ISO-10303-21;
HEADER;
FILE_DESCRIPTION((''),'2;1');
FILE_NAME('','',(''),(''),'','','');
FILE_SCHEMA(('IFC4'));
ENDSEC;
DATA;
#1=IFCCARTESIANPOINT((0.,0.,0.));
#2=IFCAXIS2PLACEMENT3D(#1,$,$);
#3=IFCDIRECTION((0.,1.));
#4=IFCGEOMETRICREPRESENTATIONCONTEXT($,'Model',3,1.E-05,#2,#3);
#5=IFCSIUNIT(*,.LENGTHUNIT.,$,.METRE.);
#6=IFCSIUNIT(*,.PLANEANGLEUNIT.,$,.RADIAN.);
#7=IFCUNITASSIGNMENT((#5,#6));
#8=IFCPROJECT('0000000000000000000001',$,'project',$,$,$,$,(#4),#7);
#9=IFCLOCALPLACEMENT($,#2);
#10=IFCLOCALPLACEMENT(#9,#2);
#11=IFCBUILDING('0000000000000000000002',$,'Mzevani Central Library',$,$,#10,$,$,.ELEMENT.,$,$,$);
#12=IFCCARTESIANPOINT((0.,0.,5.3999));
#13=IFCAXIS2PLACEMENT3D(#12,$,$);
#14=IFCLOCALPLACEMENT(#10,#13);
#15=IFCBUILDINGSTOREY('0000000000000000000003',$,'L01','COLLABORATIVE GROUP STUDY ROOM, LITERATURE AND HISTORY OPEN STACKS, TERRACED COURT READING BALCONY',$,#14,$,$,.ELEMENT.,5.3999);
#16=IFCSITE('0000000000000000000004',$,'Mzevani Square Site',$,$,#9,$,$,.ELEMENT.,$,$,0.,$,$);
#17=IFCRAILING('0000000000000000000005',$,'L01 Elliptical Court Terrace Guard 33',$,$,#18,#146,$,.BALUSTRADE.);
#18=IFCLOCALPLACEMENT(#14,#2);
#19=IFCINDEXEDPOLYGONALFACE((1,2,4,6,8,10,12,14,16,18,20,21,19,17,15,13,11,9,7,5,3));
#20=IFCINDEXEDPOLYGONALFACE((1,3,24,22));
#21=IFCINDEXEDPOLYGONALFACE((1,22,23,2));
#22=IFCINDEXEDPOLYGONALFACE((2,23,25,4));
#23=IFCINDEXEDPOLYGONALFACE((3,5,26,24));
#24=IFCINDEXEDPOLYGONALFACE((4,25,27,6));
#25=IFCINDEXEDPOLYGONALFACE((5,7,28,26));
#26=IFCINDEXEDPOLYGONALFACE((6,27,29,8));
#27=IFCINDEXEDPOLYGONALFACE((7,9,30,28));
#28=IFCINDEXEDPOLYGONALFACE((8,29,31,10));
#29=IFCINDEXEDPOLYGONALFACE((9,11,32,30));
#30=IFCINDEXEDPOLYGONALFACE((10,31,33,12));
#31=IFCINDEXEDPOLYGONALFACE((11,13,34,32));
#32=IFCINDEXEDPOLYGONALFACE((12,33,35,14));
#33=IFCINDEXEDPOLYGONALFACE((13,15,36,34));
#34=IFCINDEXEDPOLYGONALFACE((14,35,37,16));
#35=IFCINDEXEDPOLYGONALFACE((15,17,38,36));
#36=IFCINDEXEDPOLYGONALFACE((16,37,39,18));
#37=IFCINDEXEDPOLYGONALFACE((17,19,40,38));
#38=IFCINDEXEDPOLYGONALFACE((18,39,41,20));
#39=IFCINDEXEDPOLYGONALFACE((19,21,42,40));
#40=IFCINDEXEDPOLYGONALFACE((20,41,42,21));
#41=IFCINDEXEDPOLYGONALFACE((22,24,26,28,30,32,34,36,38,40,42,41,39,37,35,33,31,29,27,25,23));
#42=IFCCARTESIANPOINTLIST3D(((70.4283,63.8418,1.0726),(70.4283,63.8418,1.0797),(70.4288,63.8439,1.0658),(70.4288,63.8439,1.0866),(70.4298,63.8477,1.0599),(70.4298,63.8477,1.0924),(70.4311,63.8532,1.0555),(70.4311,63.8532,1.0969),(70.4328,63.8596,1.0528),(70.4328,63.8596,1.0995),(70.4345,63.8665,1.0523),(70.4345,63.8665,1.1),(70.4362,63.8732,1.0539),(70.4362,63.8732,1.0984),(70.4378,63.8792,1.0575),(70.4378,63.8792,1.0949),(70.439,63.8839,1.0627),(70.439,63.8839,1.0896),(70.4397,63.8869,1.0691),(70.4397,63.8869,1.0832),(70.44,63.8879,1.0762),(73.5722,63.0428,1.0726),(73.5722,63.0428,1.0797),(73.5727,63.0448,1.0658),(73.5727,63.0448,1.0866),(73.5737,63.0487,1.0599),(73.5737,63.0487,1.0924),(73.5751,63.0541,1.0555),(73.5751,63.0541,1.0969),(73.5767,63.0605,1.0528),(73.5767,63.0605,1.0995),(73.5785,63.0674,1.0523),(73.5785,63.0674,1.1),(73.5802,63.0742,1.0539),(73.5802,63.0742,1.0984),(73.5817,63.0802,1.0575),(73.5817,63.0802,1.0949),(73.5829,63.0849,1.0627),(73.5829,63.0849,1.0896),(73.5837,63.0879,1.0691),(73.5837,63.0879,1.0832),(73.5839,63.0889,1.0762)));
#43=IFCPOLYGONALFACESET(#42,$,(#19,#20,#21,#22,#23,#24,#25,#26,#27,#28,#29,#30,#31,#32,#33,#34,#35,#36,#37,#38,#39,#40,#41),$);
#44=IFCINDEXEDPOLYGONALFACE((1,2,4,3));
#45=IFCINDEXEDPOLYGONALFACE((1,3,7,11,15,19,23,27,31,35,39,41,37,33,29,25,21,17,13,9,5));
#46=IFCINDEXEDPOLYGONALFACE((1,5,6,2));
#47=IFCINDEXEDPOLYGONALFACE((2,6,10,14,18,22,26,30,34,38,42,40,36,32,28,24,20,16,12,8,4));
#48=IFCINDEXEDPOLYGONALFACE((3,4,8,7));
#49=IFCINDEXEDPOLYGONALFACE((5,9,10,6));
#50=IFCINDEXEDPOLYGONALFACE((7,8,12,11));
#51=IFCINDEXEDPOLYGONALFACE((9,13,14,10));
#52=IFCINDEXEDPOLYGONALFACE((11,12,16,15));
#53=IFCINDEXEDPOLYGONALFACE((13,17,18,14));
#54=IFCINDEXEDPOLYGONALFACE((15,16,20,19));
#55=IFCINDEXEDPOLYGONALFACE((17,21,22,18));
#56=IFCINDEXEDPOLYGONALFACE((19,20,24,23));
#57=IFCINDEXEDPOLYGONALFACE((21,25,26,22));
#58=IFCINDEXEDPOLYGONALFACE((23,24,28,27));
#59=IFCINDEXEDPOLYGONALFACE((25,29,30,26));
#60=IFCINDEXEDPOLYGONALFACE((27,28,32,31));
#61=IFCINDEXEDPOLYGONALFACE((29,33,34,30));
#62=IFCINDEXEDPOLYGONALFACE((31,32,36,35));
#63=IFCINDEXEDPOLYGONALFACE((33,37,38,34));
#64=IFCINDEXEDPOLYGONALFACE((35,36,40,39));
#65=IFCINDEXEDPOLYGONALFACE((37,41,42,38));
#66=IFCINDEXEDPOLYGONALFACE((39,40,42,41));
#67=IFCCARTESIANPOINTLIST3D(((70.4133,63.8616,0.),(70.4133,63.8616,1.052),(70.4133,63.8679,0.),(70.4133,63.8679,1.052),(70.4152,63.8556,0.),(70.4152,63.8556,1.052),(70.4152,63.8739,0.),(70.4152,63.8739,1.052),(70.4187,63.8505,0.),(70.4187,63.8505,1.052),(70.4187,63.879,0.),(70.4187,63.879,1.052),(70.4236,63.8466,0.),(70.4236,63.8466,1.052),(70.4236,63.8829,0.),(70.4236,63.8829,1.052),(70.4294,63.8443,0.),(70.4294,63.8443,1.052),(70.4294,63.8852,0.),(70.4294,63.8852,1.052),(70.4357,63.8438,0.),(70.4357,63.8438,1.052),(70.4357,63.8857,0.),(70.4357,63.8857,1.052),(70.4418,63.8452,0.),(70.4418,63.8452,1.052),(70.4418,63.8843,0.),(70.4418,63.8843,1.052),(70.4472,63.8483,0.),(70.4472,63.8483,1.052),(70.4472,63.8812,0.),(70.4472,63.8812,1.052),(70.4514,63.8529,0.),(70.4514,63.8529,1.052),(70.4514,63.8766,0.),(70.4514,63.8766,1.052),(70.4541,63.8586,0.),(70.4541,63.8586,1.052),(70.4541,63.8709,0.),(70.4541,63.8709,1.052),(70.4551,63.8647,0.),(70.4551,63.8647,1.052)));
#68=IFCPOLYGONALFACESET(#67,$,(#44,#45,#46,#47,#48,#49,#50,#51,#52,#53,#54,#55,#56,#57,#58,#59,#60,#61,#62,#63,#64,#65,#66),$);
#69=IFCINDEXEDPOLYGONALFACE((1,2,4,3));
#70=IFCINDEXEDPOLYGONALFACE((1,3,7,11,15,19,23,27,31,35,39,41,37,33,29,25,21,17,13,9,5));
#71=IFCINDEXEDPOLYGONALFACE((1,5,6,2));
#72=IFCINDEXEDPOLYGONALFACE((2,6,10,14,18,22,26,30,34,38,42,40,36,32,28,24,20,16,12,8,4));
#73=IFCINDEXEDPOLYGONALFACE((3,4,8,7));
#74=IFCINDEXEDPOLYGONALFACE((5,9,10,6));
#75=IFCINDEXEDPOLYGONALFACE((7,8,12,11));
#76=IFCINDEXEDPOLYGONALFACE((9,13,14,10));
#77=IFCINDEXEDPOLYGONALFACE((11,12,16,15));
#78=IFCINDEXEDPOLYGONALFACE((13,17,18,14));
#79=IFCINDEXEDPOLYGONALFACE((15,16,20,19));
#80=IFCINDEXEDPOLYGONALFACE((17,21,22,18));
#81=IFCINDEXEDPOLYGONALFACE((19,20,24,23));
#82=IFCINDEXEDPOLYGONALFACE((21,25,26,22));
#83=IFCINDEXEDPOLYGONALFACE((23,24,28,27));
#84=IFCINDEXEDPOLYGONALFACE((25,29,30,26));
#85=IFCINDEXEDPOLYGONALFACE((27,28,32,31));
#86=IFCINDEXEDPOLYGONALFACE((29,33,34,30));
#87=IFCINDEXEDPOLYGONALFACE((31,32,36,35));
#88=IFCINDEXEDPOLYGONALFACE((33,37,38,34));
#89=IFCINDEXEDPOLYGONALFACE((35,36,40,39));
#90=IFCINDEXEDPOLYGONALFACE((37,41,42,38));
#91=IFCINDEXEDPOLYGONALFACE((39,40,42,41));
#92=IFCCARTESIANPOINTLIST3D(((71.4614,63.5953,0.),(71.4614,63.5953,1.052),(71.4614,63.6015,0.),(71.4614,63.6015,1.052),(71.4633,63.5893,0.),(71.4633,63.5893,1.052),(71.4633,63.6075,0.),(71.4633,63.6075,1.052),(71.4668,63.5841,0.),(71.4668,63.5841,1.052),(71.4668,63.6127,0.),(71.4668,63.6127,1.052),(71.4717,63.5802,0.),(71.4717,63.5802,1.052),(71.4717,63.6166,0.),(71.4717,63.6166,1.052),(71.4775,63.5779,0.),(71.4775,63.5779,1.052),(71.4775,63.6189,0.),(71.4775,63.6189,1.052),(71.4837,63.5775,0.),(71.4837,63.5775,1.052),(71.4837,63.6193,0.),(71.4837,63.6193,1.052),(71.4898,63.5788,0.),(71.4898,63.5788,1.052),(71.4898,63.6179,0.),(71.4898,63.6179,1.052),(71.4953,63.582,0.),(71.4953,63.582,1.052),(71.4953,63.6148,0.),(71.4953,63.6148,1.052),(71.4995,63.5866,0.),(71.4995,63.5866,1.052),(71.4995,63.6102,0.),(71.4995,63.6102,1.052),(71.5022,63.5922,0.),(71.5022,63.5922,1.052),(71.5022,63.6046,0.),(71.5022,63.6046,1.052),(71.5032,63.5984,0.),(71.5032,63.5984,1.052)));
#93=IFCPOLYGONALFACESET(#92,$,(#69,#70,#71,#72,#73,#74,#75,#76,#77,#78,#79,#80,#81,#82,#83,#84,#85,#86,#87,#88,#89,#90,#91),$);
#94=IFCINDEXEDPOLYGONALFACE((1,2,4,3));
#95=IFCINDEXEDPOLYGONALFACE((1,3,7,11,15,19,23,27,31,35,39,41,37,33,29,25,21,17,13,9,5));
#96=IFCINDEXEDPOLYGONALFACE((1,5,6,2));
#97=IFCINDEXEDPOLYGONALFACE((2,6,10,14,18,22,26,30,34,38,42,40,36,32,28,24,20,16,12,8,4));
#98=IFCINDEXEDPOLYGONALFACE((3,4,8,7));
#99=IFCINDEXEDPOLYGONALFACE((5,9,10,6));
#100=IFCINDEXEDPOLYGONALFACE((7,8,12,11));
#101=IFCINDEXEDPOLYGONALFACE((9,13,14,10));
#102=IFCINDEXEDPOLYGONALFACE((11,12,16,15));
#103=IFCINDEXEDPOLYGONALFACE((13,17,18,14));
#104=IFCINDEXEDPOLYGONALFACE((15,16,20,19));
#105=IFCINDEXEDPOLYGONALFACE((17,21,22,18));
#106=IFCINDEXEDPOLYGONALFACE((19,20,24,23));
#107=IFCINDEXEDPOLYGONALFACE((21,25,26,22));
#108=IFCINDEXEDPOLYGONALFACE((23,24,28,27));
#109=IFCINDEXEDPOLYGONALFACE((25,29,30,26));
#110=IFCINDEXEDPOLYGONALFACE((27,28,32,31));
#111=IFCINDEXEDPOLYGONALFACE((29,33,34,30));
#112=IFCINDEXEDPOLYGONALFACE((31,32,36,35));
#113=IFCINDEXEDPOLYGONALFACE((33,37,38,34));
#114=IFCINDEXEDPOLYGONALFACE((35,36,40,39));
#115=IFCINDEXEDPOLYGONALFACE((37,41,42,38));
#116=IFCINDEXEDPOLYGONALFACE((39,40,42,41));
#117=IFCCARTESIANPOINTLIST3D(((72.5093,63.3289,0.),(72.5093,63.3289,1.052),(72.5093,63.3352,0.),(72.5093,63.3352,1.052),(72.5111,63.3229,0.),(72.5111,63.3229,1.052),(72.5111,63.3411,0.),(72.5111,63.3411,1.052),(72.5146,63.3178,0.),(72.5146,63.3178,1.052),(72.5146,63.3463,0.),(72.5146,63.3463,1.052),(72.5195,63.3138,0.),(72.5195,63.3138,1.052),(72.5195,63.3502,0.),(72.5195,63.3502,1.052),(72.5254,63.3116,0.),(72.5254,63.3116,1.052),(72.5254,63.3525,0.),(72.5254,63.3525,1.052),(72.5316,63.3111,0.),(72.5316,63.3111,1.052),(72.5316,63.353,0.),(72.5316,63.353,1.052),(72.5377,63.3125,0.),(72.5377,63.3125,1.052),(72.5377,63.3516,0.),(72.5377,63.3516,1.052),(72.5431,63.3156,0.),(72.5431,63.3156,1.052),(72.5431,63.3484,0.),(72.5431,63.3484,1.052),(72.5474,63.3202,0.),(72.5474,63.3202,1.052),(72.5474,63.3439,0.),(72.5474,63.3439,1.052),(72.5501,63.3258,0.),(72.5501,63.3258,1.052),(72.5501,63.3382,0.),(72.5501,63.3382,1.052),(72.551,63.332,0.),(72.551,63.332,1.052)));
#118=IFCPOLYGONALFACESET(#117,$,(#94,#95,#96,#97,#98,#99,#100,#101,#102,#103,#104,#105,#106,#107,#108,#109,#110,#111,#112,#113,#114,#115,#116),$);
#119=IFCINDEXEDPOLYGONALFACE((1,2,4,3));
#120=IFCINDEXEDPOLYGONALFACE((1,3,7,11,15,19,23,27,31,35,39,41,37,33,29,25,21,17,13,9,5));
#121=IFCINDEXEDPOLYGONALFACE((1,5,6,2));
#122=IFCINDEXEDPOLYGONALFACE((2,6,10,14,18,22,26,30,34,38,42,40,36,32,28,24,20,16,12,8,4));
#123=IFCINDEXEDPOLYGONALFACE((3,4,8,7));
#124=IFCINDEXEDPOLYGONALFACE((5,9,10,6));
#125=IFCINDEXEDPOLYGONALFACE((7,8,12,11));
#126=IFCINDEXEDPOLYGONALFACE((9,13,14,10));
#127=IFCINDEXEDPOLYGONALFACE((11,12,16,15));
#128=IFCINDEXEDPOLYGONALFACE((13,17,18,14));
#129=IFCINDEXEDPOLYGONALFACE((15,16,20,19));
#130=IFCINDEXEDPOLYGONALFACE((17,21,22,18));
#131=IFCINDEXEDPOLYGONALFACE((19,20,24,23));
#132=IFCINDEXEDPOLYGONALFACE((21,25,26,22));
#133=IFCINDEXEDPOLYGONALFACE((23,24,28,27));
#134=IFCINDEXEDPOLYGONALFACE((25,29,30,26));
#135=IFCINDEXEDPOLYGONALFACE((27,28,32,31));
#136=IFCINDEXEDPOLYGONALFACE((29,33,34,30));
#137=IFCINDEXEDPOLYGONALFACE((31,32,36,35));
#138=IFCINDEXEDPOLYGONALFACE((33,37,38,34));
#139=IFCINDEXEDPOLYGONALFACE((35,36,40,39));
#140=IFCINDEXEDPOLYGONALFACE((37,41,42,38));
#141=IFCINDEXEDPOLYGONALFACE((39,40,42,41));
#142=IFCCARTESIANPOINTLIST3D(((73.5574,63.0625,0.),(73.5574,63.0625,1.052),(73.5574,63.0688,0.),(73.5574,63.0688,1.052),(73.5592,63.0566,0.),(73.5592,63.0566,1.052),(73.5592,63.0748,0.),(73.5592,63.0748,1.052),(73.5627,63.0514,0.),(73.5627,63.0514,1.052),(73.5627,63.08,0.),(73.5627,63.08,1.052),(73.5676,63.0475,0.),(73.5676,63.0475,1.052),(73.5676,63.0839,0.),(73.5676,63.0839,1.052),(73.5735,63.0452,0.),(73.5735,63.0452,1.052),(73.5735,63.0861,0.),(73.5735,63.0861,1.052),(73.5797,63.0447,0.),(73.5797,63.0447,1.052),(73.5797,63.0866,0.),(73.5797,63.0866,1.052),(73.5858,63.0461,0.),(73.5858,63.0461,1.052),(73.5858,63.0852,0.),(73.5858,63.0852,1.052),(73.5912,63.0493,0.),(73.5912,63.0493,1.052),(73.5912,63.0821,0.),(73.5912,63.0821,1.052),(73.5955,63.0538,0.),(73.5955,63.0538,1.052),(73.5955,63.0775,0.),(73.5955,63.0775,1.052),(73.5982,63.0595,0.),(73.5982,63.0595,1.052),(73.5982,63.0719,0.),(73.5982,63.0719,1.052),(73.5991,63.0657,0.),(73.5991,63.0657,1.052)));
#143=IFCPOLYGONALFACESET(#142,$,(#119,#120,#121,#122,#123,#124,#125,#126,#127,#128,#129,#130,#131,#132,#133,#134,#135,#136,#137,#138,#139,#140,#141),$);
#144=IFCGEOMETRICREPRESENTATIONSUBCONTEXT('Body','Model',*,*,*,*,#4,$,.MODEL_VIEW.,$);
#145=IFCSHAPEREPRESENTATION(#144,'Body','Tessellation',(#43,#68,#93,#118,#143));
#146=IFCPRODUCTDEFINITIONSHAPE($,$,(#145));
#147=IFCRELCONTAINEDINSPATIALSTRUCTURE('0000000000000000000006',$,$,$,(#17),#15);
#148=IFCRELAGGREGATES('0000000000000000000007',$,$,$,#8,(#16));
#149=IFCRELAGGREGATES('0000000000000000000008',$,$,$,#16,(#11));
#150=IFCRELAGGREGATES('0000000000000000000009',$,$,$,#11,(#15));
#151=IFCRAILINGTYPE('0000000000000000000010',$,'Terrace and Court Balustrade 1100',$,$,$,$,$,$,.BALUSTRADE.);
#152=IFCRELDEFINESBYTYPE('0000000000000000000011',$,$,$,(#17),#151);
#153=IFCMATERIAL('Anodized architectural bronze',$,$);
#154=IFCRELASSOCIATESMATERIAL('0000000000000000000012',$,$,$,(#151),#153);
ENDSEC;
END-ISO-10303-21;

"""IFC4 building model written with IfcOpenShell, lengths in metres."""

from ifc_helpers import new_model, si_unit, direction, frame, origin, origin_2d, place, context, subcontext, project, spatial, circle, extrude, material, type_object, element, save


model = new_model("IFC4")

# Units and contexts
model_context = context("Model", 3, precision=1e-05, world=origin(), true_north=direction((0.0, 1.0)))
body_context = subcontext(model_context, "Body", "Model", "MODEL_VIEW")
ifc_project = project(units=[si_unit("LENGTHUNIT", "METRE"), si_unit("PLANEANGLEUNIT", "RADIAN")], contexts=[model_context])

# Site, building, storey
site_placement = place(None, origin())
site = spatial("IfcSite", under=ifc_project, at=site_placement, Name="Mzevani Square Site", CompositionType="ELEMENT", RefElevation=0.0)
building_placement = place(site_placement, origin())
building = spatial("IfcBuilding", under=site, at=building_placement, Name="Mzevani Central Library", CompositionType="ELEMENT")
storey_placement = place(building_placement, frame((0.0, 0.0, 5.3999)))
storey = spatial("IfcBuildingStorey", under=building, at=storey_placement, Name="L01", Description="COLLABORATIVE GROUP STUDY ROOM, LITERATURE AND HISTORY OPEN STACKS, TERRACED COURT READING BALCONY", CompositionType="ELEMENT", Elevation=5.3999)

# Railing
ifc_material_1 = material(Name="Anodized architectural bronze")
railing_type = type_object("IfcRailingType", Name="Terrace and Court Balustrade 1100", PredefinedType="BALUSTRADE", material=ifc_material_1)
railing_1_placement = place(storey_placement, frame((70.4341, 63.8647, 0.0)))
element("IfcRailing", 1, at=railing_1_placement, inside=storey, type_object=railing_type, Name="L01 Elliptical Court Terrace Guard 33", PredefinedType="BALUSTRADE", context=body_context, shape_type="SweptSolid", body=[
    extrude(circle(Radius=0.0239, at=origin_2d()), frame((0.0, 0.0, 1.0762), z_axis=(0.969188, -0.246323, 0.0), x_axis=(0.246323, 0.969188, 0.0)), (0.0, 0.0, 1.0), 3.2439),
    extrude(circle(Radius=0.021, at=origin_2d()), origin(), (0.0, 0.0, 1.0), 1.052),
    extrude(circle(Radius=0.021, at=origin_2d()), frame((1.0481, -0.2664, 0.0)), (0.0, 0.0, 1.0), 1.052),
    extrude(circle(Radius=0.021, at=origin_2d()), frame((2.0959, -0.5327, 0.0)), (0.0, 0.0, 1.0), 1.052),
    extrude(circle(Radius=0.021, at=origin_2d()), frame((3.144, -0.7991, 0.0)), (0.0, 0.0, 1.0), 1.052),
])

save(model, "model.ifc")
